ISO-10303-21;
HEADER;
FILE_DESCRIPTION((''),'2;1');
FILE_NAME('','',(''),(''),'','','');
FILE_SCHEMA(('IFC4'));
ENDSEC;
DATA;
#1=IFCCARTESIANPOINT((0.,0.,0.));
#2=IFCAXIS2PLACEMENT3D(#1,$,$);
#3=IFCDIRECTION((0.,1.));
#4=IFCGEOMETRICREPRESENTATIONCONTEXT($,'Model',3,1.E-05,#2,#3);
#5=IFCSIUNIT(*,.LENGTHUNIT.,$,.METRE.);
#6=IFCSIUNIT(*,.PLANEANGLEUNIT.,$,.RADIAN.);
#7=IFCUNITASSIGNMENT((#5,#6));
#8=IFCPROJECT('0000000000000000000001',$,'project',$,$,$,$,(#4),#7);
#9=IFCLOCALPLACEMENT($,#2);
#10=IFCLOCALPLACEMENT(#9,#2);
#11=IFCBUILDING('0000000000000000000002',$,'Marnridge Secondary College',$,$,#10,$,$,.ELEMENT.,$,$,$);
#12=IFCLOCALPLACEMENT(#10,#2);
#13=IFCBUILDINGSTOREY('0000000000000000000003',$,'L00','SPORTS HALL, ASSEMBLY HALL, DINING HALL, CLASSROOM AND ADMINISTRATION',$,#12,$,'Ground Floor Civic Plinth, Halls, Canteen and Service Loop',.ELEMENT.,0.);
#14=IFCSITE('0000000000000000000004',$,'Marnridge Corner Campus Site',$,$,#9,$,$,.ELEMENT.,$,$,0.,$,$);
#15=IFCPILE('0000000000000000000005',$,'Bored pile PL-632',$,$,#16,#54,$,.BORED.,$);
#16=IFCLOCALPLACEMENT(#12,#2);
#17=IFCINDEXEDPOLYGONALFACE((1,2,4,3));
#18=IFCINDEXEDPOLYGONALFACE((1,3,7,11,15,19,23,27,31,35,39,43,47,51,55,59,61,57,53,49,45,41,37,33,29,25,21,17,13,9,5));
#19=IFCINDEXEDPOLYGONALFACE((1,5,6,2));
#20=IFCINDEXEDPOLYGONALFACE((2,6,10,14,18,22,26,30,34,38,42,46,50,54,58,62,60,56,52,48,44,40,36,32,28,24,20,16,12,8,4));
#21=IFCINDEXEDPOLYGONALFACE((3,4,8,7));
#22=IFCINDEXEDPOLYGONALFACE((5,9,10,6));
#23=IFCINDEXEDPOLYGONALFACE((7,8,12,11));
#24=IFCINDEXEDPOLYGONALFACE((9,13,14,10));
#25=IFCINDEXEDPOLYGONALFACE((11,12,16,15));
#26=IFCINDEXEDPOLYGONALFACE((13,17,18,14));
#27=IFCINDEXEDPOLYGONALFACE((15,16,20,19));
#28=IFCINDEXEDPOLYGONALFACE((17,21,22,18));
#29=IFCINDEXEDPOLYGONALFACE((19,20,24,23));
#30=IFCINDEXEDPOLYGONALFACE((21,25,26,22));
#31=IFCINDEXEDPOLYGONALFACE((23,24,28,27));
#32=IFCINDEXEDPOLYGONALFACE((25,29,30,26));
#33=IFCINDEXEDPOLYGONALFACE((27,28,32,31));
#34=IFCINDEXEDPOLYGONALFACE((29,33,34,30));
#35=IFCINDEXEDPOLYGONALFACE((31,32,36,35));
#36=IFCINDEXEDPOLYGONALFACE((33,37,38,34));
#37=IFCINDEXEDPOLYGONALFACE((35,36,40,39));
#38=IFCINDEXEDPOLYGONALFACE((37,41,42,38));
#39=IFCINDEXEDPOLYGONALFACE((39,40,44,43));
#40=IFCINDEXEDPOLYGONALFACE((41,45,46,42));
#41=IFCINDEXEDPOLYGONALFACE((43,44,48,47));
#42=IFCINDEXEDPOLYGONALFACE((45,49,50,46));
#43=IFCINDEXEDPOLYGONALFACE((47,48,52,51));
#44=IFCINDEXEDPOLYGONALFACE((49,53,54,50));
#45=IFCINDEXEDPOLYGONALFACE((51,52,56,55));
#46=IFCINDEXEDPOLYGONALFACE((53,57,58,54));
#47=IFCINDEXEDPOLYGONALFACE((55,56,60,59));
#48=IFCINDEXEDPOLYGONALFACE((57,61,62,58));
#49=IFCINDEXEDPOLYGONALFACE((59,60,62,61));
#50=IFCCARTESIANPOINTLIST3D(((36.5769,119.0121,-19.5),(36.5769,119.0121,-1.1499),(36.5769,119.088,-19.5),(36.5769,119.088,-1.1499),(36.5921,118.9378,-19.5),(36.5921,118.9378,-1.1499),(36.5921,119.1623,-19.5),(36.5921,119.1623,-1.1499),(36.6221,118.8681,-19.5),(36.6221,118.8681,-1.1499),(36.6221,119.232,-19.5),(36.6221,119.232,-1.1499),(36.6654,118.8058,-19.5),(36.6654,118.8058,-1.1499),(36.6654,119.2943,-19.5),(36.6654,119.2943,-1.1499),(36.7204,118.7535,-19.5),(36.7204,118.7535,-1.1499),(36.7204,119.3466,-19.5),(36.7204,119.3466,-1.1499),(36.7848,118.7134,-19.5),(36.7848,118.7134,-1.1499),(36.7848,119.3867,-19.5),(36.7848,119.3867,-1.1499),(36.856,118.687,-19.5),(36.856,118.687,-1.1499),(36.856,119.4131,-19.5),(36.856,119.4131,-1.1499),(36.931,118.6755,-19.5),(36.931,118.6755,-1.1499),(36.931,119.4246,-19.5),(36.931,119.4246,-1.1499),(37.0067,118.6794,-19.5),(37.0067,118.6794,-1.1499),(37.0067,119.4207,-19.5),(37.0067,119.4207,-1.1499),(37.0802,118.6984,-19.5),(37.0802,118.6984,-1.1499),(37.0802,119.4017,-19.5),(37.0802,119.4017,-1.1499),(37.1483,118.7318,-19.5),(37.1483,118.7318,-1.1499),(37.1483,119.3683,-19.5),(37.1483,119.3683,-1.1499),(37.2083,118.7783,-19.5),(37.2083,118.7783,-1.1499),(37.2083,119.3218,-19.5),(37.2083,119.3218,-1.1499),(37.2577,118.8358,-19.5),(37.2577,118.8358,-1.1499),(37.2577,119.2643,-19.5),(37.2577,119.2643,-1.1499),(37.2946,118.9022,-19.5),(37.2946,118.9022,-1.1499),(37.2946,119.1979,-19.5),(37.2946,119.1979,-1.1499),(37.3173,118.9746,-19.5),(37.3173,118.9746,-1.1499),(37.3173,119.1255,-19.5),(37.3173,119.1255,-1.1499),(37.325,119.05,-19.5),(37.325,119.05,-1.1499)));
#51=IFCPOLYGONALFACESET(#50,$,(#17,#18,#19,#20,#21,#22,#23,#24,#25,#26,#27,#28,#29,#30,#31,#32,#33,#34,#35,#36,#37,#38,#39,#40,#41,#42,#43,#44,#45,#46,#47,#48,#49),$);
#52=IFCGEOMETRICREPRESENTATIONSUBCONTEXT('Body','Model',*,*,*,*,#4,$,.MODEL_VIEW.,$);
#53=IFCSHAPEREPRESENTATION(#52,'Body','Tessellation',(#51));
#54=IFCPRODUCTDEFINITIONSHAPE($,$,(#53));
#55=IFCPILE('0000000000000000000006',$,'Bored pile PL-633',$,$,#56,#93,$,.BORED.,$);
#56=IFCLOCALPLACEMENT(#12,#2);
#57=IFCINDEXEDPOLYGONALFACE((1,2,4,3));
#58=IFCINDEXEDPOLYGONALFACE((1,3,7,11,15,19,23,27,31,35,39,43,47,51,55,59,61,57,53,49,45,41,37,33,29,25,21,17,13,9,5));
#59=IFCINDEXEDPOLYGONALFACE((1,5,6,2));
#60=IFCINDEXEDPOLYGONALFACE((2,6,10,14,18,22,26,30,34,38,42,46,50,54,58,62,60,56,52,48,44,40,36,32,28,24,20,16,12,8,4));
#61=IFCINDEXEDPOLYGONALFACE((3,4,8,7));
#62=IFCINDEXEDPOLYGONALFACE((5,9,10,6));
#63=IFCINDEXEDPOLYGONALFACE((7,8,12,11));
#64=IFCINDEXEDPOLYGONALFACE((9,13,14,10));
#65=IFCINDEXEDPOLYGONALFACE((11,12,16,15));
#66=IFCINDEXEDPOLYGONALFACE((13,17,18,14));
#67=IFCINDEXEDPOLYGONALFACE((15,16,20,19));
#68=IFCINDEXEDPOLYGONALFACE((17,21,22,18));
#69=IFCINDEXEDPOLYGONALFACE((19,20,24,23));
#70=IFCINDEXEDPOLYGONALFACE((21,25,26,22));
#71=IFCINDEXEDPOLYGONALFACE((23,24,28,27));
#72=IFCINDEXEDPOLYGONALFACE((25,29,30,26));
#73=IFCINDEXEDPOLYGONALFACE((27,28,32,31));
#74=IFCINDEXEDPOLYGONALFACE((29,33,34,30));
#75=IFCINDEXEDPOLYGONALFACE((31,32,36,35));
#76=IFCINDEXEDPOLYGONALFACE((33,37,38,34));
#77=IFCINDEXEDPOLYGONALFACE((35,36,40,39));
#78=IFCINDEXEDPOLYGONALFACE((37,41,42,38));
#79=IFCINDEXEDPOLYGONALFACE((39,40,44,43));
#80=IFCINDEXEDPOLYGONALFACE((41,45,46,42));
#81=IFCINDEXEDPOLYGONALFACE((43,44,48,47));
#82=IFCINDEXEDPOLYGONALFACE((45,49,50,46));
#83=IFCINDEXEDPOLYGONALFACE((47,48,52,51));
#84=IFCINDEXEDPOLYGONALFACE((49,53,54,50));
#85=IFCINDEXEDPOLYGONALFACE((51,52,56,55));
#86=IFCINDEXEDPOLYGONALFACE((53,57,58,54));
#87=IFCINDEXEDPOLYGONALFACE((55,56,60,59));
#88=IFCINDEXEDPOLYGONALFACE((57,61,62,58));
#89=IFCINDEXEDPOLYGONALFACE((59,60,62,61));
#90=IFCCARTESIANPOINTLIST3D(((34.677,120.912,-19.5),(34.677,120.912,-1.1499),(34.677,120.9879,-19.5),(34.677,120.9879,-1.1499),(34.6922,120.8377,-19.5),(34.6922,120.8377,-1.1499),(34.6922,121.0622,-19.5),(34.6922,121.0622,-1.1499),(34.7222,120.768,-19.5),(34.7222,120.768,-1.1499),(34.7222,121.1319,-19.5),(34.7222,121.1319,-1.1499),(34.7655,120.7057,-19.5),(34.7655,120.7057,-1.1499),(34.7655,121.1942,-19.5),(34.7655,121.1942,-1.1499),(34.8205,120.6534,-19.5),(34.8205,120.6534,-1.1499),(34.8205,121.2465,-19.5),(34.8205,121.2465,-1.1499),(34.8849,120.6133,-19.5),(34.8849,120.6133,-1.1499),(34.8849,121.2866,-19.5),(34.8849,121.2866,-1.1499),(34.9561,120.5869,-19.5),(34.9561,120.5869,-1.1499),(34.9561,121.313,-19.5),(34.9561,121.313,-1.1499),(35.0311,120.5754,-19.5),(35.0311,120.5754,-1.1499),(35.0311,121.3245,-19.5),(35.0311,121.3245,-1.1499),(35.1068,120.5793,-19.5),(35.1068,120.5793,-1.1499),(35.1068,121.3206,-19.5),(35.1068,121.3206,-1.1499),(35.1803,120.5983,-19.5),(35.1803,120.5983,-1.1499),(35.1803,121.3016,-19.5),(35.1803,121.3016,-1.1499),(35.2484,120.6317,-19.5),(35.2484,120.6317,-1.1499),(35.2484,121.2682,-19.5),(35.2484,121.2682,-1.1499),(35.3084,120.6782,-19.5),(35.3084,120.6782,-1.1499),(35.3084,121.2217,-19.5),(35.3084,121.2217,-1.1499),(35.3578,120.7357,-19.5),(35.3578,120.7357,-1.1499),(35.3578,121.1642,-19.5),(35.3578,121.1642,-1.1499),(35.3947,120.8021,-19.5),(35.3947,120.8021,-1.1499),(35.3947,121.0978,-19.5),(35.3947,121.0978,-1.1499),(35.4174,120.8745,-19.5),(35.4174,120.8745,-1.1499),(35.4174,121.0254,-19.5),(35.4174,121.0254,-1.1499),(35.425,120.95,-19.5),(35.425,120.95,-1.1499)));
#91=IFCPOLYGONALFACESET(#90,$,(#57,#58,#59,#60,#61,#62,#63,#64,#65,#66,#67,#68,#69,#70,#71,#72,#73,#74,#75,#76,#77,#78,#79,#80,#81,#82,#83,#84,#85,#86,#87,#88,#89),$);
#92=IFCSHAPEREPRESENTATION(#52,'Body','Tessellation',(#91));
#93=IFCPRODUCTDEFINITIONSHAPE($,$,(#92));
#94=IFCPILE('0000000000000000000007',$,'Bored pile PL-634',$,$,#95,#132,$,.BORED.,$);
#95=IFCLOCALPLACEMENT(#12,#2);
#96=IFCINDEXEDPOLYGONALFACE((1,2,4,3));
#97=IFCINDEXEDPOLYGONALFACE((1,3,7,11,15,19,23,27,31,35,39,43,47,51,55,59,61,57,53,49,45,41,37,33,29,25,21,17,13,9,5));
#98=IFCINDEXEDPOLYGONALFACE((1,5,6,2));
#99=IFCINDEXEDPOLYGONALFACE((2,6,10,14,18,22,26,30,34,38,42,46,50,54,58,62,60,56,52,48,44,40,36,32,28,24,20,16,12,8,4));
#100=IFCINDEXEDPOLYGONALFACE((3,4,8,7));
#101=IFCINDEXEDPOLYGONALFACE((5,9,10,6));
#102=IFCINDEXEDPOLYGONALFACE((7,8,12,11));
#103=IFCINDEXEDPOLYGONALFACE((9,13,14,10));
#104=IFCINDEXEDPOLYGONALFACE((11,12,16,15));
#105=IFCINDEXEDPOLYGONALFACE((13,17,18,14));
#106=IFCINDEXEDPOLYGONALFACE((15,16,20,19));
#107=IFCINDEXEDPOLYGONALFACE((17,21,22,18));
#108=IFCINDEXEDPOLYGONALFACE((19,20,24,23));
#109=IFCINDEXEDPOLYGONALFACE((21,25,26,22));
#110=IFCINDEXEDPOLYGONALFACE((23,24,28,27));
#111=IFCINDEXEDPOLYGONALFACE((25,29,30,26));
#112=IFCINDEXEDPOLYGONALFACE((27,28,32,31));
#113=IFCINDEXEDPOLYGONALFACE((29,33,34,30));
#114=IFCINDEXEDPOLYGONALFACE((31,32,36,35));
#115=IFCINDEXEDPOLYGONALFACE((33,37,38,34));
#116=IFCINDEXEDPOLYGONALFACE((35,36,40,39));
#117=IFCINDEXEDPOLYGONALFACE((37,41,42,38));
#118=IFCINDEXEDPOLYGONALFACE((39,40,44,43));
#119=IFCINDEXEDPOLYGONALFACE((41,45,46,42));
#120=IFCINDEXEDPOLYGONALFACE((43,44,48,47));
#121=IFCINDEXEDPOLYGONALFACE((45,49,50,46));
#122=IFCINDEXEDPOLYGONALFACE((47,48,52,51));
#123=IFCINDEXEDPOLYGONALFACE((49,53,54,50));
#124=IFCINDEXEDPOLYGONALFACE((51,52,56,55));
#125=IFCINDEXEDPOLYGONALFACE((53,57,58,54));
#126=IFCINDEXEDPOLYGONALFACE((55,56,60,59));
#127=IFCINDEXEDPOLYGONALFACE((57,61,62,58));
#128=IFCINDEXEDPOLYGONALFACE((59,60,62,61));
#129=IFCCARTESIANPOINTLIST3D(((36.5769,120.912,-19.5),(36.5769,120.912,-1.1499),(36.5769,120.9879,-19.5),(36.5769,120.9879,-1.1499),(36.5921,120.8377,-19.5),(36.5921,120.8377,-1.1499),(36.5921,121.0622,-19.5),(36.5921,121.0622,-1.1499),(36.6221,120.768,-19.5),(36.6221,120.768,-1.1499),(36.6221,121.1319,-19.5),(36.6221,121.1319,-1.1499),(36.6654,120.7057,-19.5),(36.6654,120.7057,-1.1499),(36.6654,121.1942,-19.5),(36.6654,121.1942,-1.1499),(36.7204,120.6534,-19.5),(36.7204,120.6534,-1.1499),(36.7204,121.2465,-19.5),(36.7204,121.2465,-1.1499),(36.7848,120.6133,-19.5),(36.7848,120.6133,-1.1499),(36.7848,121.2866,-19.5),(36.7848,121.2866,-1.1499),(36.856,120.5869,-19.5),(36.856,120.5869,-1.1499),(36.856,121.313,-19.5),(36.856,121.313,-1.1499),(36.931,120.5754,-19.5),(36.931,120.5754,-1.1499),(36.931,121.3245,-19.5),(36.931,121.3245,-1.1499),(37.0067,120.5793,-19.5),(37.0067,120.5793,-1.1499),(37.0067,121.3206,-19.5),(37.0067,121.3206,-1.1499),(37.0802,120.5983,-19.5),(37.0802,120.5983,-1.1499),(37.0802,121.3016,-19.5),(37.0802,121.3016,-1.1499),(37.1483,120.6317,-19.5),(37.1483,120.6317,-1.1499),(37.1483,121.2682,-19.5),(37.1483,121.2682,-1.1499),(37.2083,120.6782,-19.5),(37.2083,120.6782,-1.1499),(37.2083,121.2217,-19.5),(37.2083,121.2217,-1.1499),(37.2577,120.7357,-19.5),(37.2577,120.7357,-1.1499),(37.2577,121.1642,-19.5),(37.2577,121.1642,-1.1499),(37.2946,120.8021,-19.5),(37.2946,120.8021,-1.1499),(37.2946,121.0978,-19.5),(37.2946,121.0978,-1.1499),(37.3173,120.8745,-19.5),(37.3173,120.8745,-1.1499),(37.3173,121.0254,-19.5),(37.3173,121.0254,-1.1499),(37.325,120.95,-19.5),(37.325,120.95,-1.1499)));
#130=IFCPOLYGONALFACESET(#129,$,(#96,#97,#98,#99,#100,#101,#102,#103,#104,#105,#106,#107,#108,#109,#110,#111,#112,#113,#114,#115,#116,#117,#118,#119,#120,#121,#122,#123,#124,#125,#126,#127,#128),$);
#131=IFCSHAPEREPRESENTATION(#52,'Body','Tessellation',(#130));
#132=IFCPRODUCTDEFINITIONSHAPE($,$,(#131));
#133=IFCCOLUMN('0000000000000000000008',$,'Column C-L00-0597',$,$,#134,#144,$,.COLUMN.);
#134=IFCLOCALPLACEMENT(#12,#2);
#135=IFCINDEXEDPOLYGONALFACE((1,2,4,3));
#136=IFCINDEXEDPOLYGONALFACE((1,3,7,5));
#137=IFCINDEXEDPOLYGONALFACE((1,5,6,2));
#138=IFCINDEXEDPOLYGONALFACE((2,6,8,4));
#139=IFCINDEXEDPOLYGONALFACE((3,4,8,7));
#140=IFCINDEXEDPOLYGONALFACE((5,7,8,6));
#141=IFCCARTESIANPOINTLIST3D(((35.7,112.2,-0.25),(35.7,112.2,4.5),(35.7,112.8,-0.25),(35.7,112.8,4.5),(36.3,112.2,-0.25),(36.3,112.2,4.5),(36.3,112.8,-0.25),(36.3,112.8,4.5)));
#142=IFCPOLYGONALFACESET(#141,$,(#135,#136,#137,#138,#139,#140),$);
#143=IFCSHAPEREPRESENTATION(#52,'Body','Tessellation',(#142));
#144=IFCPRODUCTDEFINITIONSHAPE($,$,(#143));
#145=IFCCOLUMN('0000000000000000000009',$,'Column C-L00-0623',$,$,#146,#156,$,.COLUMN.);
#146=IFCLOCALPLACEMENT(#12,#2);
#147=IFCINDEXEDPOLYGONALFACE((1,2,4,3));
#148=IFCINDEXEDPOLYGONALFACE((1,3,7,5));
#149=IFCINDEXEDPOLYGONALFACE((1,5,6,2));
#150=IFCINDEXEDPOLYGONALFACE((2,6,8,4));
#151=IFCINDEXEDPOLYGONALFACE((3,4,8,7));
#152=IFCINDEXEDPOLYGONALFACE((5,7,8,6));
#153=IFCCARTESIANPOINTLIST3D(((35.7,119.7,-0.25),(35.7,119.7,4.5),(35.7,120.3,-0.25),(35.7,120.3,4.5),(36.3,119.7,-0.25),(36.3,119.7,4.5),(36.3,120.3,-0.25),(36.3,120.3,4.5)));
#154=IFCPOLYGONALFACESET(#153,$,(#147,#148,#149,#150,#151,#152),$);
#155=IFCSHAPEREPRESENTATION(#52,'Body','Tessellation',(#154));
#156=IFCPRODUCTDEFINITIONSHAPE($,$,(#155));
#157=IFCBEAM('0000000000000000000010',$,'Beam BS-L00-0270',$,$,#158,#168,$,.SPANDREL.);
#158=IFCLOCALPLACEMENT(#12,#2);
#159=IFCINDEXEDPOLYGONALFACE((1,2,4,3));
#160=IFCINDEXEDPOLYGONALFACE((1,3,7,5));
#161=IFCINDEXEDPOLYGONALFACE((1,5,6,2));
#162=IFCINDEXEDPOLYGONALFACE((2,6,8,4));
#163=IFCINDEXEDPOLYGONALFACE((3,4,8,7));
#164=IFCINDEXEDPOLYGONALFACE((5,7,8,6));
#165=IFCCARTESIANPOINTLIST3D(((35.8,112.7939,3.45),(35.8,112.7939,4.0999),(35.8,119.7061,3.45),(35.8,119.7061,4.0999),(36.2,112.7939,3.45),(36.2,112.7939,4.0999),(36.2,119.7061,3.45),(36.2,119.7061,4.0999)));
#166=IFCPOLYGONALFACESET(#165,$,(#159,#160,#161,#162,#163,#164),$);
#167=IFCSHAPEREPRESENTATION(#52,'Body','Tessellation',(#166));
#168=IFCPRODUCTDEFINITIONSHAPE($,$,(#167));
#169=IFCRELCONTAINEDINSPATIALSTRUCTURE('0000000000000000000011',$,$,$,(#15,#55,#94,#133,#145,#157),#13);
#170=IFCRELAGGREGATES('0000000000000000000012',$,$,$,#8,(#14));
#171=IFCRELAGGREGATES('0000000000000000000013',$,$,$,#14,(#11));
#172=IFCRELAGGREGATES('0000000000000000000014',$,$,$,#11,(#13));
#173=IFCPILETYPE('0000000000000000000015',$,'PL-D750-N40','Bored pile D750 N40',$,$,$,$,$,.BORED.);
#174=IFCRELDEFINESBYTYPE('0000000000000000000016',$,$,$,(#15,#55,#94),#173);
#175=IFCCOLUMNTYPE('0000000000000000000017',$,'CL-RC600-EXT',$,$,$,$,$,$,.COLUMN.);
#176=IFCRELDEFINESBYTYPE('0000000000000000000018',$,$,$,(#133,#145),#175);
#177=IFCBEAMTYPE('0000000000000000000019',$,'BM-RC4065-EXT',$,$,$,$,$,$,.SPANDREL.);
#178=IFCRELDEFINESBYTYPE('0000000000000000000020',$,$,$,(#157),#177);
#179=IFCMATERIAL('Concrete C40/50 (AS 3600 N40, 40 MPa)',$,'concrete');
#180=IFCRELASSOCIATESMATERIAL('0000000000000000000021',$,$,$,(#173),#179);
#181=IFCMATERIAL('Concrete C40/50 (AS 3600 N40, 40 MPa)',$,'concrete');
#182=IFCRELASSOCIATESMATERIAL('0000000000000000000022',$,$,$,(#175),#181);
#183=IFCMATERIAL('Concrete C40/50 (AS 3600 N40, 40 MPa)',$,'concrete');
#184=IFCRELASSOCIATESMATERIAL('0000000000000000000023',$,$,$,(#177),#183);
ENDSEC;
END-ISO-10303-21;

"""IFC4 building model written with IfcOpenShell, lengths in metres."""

from ifc_helpers import new_model, si_unit, direction, frame, origin, origin_2d, place, context, subcontext, project, spatial, rectangle, circle, extrude, material, material_profile, profile_set, type_object, element, save


model = new_model("IFC4")

# Units and contexts
model_context = context("Model", 3, precision=1e-05, world=origin(), true_north=direction((0.0, 1.0)))
body_context = subcontext(model_context, "Body", "Model", "MODEL_VIEW")
ifc_project = project(units=[si_unit("LENGTHUNIT", "METRE"), si_unit("PLANEANGLEUNIT", "RADIAN")], contexts=[model_context])

# Site, building, storey
site_placement = place(None, origin())
site = spatial("IfcSite", under=ifc_project, at=site_placement, Name="Marnridge Corner Campus Site", CompositionType="ELEMENT", RefElevation=0.0)
building_placement = place(site_placement, origin())
building = spatial("IfcBuilding", under=site, at=building_placement, Name="Marnridge Secondary College", CompositionType="ELEMENT")
storey_placement = place(building_placement, origin())
storey = spatial("IfcBuildingStorey", under=building, at=storey_placement, Name="L00", Description="SPORTS HALL, ASSEMBLY HALL, DINING HALL, CLASSROOM AND ADMINISTRATION", LongName="Ground Floor Civic Plinth, Halls, Canteen and Service Loop", CompositionType="ELEMENT", Elevation=0.0)

# Piles
ifc_material_1 = material(Name="Concrete C40/50 (AS 3600 N40, 40 MPa)", Category="concrete")
ifc_material_profile_1 = material_profile(ifc_material_1, circle(Radius=0.375, at=origin_2d()), Name="PILE D750")
ifc_profile_set_1 = profile_set([ifc_material_profile_1], Name="Concrete C40/50 (AS 3600 N40, 40 MPa)")
pile_type = type_object("IfcPileType", Name="PL-D750-N40", Description="Bored pile D750 N40", PredefinedType="BORED", material=ifc_profile_set_1)
for number, where, z_axis, x_axis, name in (
    (1, (36.95, 119.05, -1.1499), (0.0, 0.0, -1.0), (1.0, 0.0, 0.0), "Bored pile PL-632"),
    (2, (35.05, 120.95, -1.1499), (0.0, 0.0, -1.0), (1.0, 0.0, 0.0), "Bored pile PL-633"),
    (3, (36.95, 120.95, -1.1499), (0.0, 0.0, -1.0), (1.0, 0.0, 0.0), "Bored pile PL-634"),
):
    element("IfcPile", number, at=place(storey_placement, frame(where, z_axis=z_axis, x_axis=x_axis)), inside=storey, type_object=pile_type, Name=name, PredefinedType="BORED", context=body_context, shape_type="SweptSolid", body=[
        extrude(circle(Radius=0.375, at=origin_2d()), origin(), (0.0, 0.0, 1.0), 18.3501),
    ])

# Columns
ifc_material_2 = material(Name="Concrete C40/50 (AS 3600 N40, 40 MPa)", Category="concrete")
ifc_material_profile_2 = material_profile(ifc_material_2, rectangle(XDim=0.6001, YDim=0.6001, at=origin_2d()), Name="RC 600x600")
ifc_profile_set_2 = profile_set([ifc_material_profile_2], Name="Concrete C40/50 (AS 3600 N40, 40 MPa)")
column_type = type_object("IfcColumnType", Name="CL-RC600-EXT", PredefinedType="COLUMN", material=ifc_profile_set_2)
for number, where, z_axis, x_axis, name in (
    (4, (36.0, 112.5, -0.25), (0.0, 0.0, 1.0), (1.0, 0.0, 0.0), "Column C-L00-0597"),
    (5, (36.0, 120.0, -0.25), (0.0, 0.0, 1.0), (1.0, 0.0, 0.0), "Column C-L00-0623"),
):
    element("IfcColumn", number, at=place(storey_placement, frame(where, z_axis=z_axis, x_axis=x_axis)), inside=storey, type_object=column_type, Name=name, PredefinedType="COLUMN", context=body_context, shape_type="SweptSolid", body=[
        extrude(rectangle(XDim=0.6001, YDim=0.6001, at=origin_2d()), origin(), (0.0, 0.0, 1.0), 4.75),
    ])

# Beam
ifc_material_3 = material(Name="Concrete C40/50 (AS 3600 N40, 40 MPa)", Category="concrete")
ifc_material_profile_3 = material_profile(ifc_material_3, rectangle(XDim=0.3999, YDim=0.6499, at=origin_2d()), Name="RC 400x650")
ifc_profile_set_3 = profile_set([ifc_material_profile_3], Name="Concrete C40/50 (AS 3600 N40, 40 MPa)")
beam_type_1 = type_object("IfcBeamType", Name="BM-RC4065-EXT", PredefinedType="SPANDREL", material=ifc_profile_set_3)
beam_1_placement = place(storey_placement, frame((36.0, 112.7939, 3.7749), z_axis=(0.0, 1.0, 0.0), x_axis=(-1.0, 0.0, 0.0)))
element("IfcBeam", 6, at=beam_1_placement, inside=storey, type_object=beam_type_1, Name="Beam BS-L00-0270", PredefinedType="SPANDREL", context=body_context, shape_type="SweptSolid", body=[
    extrude(rectangle(XDim=0.3999, YDim=0.6499, at=origin_2d()), origin(), (0.0, 0.0, 1.0), 6.9121),
])

save(model, "model.ifc")
